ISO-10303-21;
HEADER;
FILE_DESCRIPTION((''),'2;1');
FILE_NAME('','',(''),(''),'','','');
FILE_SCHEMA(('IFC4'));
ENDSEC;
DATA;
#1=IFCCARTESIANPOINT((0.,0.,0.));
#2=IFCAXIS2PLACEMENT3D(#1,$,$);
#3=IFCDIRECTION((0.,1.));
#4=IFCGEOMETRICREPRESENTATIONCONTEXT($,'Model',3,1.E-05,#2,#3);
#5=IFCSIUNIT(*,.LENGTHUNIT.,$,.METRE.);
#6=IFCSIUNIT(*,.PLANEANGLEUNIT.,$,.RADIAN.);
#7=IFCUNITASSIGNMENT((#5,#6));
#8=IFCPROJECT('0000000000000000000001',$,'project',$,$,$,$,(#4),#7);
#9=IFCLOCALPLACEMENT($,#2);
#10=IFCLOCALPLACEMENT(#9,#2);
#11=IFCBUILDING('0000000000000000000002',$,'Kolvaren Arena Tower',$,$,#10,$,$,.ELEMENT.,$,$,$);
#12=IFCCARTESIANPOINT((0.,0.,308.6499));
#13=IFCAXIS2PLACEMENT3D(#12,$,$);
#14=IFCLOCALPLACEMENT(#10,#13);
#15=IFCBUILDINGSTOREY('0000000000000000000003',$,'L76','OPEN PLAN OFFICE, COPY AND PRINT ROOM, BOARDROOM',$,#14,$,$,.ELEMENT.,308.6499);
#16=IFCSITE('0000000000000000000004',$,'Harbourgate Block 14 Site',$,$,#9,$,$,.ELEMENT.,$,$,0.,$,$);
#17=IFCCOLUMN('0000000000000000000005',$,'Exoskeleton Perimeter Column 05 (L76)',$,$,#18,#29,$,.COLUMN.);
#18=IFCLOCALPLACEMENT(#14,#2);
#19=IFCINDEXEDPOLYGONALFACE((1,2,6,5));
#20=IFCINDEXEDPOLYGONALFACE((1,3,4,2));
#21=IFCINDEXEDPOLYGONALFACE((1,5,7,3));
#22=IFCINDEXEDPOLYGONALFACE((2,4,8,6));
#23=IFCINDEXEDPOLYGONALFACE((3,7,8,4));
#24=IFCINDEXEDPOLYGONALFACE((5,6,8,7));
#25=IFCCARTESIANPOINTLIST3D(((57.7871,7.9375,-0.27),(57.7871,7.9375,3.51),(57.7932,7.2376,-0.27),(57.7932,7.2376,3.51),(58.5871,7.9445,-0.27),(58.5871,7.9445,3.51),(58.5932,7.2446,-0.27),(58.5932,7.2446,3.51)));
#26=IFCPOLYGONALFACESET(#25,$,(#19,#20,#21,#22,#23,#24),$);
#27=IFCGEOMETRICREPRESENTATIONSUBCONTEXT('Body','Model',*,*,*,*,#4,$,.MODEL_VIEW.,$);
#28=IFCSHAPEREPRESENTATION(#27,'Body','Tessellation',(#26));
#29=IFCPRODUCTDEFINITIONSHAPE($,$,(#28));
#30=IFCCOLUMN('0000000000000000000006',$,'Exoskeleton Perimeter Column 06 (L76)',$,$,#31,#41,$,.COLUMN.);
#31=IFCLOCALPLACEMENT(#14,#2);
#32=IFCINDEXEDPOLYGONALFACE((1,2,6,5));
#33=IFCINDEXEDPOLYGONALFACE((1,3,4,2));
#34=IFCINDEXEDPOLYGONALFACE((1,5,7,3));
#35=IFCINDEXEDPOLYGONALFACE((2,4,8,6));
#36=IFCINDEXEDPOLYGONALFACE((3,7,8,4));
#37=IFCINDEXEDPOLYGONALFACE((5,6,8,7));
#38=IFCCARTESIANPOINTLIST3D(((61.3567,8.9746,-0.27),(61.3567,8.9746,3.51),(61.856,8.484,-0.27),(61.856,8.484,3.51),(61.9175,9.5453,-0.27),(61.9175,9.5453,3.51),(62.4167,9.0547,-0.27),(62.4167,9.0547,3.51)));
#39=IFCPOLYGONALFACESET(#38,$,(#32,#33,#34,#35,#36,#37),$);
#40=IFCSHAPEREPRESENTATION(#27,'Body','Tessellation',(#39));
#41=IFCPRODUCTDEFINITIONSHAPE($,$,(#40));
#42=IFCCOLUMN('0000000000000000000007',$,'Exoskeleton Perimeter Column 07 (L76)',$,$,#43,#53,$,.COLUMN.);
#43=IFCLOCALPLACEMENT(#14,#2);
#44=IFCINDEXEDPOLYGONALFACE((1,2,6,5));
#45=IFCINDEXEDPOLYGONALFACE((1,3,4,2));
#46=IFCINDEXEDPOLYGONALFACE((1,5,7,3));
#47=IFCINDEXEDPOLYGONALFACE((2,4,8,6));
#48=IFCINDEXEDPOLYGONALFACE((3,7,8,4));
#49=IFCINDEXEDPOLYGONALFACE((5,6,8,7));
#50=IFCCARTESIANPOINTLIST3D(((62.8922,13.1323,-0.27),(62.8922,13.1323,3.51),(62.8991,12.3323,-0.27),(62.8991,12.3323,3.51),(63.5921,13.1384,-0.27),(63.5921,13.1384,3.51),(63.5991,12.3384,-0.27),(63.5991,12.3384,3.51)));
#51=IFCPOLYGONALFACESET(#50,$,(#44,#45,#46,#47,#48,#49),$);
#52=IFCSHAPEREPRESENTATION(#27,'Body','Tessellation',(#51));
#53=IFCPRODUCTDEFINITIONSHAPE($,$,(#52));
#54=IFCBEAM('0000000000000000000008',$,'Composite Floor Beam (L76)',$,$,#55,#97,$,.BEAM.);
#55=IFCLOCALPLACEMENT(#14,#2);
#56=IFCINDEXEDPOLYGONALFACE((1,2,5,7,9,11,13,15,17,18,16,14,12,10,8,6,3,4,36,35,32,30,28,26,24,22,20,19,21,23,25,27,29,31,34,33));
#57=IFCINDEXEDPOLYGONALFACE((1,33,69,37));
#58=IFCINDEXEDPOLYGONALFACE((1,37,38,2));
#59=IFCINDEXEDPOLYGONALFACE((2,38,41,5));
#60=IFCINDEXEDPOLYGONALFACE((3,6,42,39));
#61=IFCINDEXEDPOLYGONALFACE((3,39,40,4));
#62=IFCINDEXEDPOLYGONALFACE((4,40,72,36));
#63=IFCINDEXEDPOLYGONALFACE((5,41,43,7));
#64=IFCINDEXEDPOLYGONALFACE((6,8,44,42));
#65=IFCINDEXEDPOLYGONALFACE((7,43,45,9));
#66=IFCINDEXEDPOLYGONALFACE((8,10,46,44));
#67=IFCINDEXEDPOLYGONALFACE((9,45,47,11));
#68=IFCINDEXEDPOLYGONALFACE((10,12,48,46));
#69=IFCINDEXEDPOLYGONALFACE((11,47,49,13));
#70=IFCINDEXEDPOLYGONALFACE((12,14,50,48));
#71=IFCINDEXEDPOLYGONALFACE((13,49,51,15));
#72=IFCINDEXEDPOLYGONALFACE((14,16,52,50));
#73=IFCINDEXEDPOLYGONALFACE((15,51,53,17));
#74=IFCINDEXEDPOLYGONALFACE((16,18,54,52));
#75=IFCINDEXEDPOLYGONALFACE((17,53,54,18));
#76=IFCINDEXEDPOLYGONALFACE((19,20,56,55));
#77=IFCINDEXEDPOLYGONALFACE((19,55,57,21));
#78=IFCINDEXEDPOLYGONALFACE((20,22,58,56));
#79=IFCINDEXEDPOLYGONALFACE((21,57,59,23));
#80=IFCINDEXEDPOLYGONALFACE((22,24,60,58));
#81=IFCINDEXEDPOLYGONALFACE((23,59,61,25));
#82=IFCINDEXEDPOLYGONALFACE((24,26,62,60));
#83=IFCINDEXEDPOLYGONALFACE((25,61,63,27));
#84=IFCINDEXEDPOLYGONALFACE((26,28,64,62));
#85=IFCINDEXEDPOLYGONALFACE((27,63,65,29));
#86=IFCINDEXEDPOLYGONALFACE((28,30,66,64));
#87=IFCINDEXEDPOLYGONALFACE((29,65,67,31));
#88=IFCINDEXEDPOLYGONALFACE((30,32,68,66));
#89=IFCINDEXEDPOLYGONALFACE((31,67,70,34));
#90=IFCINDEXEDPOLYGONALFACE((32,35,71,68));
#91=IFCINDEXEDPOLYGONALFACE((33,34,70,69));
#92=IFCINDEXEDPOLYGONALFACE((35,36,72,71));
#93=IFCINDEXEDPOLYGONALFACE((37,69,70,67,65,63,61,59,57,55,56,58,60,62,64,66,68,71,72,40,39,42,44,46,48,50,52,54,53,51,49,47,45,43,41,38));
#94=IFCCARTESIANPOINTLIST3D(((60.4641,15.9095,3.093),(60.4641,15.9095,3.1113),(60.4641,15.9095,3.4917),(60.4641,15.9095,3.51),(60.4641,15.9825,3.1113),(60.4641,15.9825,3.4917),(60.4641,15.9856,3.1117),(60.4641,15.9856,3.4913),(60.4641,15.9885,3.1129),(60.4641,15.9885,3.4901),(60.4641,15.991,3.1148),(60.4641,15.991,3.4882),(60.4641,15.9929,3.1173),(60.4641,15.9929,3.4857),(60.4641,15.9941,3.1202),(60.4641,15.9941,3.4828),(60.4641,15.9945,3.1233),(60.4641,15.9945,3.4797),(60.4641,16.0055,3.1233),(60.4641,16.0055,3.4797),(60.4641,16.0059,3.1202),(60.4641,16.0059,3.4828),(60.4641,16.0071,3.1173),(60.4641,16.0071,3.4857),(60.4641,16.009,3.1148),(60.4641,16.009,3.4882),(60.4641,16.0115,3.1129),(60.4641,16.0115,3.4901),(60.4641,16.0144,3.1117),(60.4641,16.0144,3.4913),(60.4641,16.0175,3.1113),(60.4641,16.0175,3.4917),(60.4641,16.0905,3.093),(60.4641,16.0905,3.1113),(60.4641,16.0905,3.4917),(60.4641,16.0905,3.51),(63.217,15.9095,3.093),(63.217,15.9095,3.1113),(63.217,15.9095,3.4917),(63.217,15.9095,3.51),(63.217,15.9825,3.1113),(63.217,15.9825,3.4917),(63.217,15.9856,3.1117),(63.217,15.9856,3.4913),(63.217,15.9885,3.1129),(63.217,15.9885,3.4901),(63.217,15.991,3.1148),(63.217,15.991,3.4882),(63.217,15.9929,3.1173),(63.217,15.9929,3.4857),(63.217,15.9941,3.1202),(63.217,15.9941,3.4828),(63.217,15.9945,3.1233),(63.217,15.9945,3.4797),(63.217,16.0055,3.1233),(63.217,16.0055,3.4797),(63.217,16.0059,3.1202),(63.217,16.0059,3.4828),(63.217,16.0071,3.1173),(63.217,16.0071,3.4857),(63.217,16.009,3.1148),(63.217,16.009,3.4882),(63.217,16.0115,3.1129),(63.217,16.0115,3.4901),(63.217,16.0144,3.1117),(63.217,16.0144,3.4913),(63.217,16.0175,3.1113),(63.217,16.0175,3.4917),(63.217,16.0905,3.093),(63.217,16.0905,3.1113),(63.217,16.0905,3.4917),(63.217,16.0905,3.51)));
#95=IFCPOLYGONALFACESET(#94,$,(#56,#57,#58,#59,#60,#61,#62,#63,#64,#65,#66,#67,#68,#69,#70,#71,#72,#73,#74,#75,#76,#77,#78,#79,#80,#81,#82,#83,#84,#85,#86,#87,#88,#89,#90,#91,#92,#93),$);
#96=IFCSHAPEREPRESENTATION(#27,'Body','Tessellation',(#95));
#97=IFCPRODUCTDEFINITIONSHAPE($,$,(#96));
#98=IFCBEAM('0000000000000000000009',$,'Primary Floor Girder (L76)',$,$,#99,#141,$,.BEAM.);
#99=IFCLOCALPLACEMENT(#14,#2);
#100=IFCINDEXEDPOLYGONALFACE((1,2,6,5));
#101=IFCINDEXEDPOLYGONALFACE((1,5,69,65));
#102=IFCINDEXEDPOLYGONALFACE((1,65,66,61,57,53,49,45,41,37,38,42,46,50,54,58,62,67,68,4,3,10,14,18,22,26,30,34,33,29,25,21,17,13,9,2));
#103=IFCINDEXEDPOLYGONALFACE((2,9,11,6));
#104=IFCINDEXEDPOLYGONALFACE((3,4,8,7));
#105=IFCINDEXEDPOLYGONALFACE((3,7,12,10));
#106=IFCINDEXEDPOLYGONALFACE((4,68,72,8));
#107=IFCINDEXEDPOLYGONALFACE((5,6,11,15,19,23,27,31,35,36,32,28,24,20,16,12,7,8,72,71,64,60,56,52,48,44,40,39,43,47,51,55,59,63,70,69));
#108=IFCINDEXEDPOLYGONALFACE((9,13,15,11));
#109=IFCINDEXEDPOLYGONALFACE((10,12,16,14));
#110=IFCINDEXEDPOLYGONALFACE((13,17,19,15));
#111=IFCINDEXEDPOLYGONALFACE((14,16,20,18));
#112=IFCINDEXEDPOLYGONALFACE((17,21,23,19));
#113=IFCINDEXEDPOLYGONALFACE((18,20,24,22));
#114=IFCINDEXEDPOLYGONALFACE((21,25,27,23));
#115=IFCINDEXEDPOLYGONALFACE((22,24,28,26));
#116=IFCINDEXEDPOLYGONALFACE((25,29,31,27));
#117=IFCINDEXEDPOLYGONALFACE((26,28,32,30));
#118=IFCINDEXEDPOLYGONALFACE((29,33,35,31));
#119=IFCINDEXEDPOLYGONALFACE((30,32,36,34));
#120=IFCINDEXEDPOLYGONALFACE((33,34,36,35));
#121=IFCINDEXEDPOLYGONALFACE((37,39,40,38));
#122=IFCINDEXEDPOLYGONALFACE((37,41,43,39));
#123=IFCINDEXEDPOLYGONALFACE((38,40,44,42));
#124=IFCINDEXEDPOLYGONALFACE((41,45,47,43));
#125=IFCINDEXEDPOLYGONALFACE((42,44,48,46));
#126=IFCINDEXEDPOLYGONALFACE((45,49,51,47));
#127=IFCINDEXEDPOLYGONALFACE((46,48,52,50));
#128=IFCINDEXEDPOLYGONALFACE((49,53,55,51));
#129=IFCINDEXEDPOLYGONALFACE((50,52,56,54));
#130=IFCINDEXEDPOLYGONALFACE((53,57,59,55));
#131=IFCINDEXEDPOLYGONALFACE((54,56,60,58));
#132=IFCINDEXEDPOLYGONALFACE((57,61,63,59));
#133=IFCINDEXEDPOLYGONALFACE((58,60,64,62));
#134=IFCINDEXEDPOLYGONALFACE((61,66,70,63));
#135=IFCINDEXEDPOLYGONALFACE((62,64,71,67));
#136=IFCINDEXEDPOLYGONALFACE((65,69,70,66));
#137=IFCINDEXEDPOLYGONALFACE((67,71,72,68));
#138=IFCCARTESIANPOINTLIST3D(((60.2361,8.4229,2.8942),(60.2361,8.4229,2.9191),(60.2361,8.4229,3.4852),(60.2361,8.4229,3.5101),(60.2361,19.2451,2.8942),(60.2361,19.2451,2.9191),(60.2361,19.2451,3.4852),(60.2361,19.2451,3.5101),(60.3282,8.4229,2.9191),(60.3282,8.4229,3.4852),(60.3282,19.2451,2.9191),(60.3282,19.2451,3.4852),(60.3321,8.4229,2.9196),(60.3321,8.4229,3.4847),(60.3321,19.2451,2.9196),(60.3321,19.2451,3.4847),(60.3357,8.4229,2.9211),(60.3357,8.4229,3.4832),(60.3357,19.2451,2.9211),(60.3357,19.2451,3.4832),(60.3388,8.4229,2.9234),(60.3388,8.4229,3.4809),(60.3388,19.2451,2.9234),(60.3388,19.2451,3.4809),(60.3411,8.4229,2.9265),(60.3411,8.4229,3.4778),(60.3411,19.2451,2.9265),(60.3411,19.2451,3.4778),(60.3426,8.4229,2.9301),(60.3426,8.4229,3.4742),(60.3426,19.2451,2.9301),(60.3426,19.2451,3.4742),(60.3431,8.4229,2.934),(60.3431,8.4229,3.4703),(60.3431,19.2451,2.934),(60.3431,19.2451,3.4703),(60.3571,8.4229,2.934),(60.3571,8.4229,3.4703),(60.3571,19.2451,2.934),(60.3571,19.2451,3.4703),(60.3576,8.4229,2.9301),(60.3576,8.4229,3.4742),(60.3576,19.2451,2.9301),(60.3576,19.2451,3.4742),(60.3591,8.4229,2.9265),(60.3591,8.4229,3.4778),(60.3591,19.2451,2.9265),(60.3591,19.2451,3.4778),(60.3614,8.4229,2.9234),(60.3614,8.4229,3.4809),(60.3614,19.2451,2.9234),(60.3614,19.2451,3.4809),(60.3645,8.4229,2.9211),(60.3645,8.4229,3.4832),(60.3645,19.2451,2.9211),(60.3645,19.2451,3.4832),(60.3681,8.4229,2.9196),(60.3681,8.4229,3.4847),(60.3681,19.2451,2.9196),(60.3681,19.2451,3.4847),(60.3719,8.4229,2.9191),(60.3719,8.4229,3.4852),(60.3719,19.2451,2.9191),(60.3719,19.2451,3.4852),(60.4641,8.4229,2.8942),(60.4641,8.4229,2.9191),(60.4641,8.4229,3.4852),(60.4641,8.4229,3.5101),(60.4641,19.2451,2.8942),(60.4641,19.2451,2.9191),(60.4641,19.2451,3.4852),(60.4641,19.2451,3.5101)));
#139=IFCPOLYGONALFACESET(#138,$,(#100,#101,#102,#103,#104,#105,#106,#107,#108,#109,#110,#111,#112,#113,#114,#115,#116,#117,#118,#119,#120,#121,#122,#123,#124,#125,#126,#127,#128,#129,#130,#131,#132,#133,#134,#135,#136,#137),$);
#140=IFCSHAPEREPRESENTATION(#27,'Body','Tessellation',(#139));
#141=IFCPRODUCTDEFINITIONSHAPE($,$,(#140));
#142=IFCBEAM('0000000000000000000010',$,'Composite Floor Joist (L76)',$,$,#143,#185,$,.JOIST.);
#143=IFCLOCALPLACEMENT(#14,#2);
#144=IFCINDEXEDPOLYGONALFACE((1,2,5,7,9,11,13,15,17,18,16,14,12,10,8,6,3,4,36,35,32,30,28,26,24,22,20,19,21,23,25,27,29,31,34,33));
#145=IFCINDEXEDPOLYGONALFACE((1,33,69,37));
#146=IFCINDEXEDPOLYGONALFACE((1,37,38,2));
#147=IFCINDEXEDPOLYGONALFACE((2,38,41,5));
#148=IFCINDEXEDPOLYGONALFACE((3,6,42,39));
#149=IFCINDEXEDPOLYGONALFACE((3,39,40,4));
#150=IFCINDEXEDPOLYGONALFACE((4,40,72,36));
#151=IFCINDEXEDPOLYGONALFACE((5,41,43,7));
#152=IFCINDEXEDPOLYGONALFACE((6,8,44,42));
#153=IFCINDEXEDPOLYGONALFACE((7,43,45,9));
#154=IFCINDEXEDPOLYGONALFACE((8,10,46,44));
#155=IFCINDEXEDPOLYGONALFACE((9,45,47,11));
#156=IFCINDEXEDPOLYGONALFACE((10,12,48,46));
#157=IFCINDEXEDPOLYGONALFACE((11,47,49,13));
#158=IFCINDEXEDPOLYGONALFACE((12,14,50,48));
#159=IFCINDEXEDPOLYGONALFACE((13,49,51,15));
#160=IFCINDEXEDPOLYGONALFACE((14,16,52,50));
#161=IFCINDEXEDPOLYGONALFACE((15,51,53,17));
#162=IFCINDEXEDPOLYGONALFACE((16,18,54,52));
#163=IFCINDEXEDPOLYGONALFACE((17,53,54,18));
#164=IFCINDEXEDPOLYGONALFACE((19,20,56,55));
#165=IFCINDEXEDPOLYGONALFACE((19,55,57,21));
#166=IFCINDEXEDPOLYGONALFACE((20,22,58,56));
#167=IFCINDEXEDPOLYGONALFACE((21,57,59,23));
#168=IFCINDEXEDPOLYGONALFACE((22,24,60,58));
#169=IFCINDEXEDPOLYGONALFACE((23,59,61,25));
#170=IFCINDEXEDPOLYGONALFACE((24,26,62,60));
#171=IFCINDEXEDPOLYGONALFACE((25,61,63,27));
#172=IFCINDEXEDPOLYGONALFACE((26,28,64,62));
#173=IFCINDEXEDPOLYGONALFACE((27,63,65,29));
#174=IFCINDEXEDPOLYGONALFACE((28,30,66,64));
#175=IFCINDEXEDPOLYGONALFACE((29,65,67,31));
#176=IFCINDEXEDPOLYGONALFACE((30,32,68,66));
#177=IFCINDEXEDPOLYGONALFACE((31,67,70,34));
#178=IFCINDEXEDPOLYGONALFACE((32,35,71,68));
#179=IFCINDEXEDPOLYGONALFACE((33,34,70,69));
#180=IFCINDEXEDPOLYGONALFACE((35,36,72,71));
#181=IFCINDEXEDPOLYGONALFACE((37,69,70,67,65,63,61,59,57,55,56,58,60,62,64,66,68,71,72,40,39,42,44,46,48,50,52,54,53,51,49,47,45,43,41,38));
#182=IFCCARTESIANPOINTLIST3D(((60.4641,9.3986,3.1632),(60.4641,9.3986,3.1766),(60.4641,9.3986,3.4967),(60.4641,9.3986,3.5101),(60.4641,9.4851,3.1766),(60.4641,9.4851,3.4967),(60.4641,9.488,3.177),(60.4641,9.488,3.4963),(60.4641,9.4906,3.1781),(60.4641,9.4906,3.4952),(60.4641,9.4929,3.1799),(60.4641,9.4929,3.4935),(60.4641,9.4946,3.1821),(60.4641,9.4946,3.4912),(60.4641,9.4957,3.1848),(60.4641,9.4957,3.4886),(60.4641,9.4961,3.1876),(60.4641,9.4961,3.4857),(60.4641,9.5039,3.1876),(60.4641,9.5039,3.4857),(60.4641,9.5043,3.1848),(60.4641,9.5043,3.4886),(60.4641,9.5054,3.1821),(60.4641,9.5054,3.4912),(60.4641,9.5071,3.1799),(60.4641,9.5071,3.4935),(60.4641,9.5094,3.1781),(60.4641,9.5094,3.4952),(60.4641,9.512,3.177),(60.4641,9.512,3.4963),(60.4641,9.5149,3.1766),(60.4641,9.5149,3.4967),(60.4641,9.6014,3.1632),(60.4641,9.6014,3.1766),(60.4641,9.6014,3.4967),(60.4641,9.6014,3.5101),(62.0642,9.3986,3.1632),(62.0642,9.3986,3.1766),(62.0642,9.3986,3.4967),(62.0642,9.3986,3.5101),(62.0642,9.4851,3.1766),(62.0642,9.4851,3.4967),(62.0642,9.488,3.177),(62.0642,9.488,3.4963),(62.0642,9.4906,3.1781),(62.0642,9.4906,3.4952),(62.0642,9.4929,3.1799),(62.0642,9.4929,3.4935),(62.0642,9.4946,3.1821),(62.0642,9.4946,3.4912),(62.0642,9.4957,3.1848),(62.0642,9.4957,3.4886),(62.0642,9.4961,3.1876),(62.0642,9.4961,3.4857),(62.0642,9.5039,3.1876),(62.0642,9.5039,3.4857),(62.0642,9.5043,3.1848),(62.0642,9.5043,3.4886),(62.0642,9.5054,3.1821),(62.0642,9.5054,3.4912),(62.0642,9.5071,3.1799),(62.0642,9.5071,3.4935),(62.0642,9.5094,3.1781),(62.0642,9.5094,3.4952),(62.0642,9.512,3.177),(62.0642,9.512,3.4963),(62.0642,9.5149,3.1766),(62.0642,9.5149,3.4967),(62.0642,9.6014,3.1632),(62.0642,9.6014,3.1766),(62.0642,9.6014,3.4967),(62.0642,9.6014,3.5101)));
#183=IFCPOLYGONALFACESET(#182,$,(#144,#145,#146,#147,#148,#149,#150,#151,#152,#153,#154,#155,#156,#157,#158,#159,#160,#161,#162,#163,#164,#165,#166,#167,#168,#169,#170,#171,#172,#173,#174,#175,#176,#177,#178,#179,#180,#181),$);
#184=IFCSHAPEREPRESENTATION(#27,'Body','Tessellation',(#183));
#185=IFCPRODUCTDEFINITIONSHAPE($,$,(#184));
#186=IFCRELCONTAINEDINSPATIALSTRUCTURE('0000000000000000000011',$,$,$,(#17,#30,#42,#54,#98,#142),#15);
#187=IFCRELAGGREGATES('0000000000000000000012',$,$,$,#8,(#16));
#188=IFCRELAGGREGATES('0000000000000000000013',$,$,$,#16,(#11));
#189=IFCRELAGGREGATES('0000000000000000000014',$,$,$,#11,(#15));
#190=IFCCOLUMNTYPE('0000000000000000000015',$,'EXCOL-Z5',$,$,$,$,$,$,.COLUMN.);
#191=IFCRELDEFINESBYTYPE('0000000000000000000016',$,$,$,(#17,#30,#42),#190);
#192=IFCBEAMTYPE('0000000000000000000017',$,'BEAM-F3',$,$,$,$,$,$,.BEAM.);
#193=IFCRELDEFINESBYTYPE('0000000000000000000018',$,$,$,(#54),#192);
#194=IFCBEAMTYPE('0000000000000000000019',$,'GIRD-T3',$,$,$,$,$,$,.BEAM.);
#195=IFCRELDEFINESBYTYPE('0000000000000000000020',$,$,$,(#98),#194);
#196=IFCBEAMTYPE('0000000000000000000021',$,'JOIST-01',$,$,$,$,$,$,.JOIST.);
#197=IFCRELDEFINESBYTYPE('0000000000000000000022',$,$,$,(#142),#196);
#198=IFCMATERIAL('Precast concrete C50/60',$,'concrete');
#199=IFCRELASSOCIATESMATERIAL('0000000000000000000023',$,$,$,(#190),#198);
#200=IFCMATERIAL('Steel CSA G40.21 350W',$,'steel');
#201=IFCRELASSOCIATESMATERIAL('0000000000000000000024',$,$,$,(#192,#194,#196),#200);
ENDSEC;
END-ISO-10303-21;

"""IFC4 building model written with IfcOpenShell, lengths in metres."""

from ifc_helpers import new_model, si_unit, direction, frame, origin, origin_2d, place, context, subcontext, project, spatial, rectangle, i_section, extrude, material, material_profile, profile_set, type_object, element, save


model = new_model("IFC4")

# Units and contexts
model_context = context("Model", 3, precision=1e-05, world=origin(), true_north=direction((0.0, 1.0)))
body_context = subcontext(model_context, "Body", "Model", "MODEL_VIEW")
ifc_project = project(units=[si_unit("LENGTHUNIT", "METRE"), si_unit("PLANEANGLEUNIT", "RADIAN")], contexts=[model_context])

# Site, building, storey
site_placement = place(None, origin())
site = spatial("IfcSite", under=ifc_project, at=site_placement, Name="Harbourgate Block 14 Site", CompositionType="ELEMENT", RefElevation=0.0)
building_placement = place(site_placement, origin())
building = spatial("IfcBuilding", under=site, at=building_placement, Name="Kolvaren Arena Tower", CompositionType="ELEMENT")
storey_placement = place(building_placement, frame((0.0, 0.0, 308.6499)))
storey = spatial("IfcBuildingStorey", under=building, at=storey_placement, Name="L76", Description="OPEN PLAN OFFICE, COPY AND PRINT ROOM, BOARDROOM", CompositionType="ELEMENT", Elevation=308.6499)

# Columns
ifc_material_1 = material(Name="Precast concrete C50/60", Category="concrete")
ifc_material_profile_1 = material_profile(ifc_material_1, rectangle(XDim=0.8, YDim=0.7, at=origin_2d()), Name="RC-800x700")
ifc_profile_set_1 = profile_set([ifc_material_profile_1], Name="Precast concrete C50/60")
column_type = type_object("IfcColumnType", Name="EXCOL-Z5", PredefinedType="COLUMN", material=ifc_profile_set_1)
for number, where, z_axis, x_axis, name in (
    (1, (58.1902, 7.5911, -0.27), (0.0, 0.0, 1.0), (0.999962, 0.008727, 0.0), "Exoskeleton Perimeter Column 05 (L76)"),
    (2, (61.8867, 9.0146, -0.27), (0.0, 0.0, 1.0), (0.700909, 0.71325, 0.0), "Exoskeleton Perimeter Column 06 (L76)"),
    (3, (63.2456, 12.7354, -0.27), (0.0, 0.0, 1.0), (-0.008727, 0.999962, 0.0), "Exoskeleton Perimeter Column 07 (L76)"),
):
    element("IfcColumn", number, at=place(storey_placement, frame(where, z_axis=z_axis, x_axis=x_axis)), inside=storey, type_object=column_type, Name=name, PredefinedType="COLUMN", context=body_context, shape_type="SweptSolid", body=[
        extrude(rectangle(XDim=0.8, YDim=0.7, at=origin_2d()), origin(), (0.0, 0.0, 1.0), 3.78),
    ])

# Beams
ifc_material_2 = material(Name="Steel CSA G40.21 350W", Category="steel")
ifc_material_profile_2 = material_profile(ifc_material_2, i_section(OverallWidth=0.1809, OverallDepth=0.417, WebThickness=0.011, FlangeThickness=0.0183, FilletRadius=0.012, at=origin_2d()), Name="W410x85")
ifc_profile_set_2 = profile_set([ifc_material_profile_2], Name="Steel CSA G40.21 350W")
beam_type_1 = type_object("IfcBeamType", Name="BEAM-F3", PredefinedType="BEAM", material=ifc_profile_set_2)
beam_1_placement = place(storey_placement, frame((60.4641, 16.0, 3.3015), z_axis=(1.0, 0.0, 0.0), x_axis=(0.0, 1.0, 0.0)))
element("IfcBeam", 4, at=beam_1_placement, inside=storey, type_object=beam_type_1, Name="Composite Floor Beam (L76)", PredefinedType="BEAM", context=body_context, shape_type="SweptSolid", body=[
    extrude(i_section(OverallWidth=0.1809, OverallDepth=0.417, WebThickness=0.011, FlangeThickness=0.0183, FilletRadius=0.012, at=origin_2d()), origin(), (0.0, 0.0, 1.0), 2.7529),
])
ifc_material_profile_3 = material_profile(ifc_material_2, i_section(OverallWidth=0.228, OverallDepth=0.616, WebThickness=0.0139, FlangeThickness=0.0249, FilletRadius=0.0149, at=origin_2d()), Name="W610x174")
ifc_profile_set_3 = profile_set([ifc_material_profile_3], Name="Steel CSA G40.21 350W")
beam_type_2 = type_object("IfcBeamType", Name="GIRD-T3", PredefinedType="BEAM", material=ifc_profile_set_3)
beam_2_placement = place(storey_placement, frame((60.3501, 8.4229, 3.2021), z_axis=(0.0, 1.0, 0.0), x_axis=(-1.0, 0.0, 0.0)))
element("IfcBeam", 5, at=beam_2_placement, inside=storey, type_object=beam_type_2, Name="Primary Floor Girder (L76)", PredefinedType="BEAM", context=body_context, shape_type="SweptSolid", body=[
    extrude(i_section(OverallWidth=0.228, OverallDepth=0.616, WebThickness=0.0139, FlangeThickness=0.0249, FilletRadius=0.0149, at=origin_2d()), origin(), (0.0, 0.0, 1.0), 10.8223),
])
ifc_material_profile_4 = material_profile(ifc_material_2, i_section(OverallWidth=0.2029, OverallDepth=0.3469, WebThickness=0.0078, FlangeThickness=0.0134, FilletRadius=0.011, at=origin_2d()), Name="W360x64")
ifc_profile_set_4 = profile_set([ifc_material_profile_4], Name="Steel CSA G40.21 350W")
beam_type_3 = type_object("IfcBeamType", Name="JOIST-01", PredefinedType="JOIST", material=ifc_profile_set_4)
beam_3_placement = place(storey_placement, frame((60.4641, 9.5, 3.3367), z_axis=(1.0, 0.0, 0.0), x_axis=(0.0, 1.0, 0.0)))
element("IfcBeam", 6, at=beam_3_placement, inside=storey, type_object=beam_type_3, Name="Composite Floor Joist (L76)", PredefinedType="JOIST", context=body_context, shape_type="SweptSolid", body=[
    extrude(i_section(OverallWidth=0.2029, OverallDepth=0.3469, WebThickness=0.0078, FlangeThickness=0.0134, FilletRadius=0.011, at=origin_2d()), origin(), (0.0, 0.0, 1.0), 1.6001),
])

save(model, "model.ifc")
